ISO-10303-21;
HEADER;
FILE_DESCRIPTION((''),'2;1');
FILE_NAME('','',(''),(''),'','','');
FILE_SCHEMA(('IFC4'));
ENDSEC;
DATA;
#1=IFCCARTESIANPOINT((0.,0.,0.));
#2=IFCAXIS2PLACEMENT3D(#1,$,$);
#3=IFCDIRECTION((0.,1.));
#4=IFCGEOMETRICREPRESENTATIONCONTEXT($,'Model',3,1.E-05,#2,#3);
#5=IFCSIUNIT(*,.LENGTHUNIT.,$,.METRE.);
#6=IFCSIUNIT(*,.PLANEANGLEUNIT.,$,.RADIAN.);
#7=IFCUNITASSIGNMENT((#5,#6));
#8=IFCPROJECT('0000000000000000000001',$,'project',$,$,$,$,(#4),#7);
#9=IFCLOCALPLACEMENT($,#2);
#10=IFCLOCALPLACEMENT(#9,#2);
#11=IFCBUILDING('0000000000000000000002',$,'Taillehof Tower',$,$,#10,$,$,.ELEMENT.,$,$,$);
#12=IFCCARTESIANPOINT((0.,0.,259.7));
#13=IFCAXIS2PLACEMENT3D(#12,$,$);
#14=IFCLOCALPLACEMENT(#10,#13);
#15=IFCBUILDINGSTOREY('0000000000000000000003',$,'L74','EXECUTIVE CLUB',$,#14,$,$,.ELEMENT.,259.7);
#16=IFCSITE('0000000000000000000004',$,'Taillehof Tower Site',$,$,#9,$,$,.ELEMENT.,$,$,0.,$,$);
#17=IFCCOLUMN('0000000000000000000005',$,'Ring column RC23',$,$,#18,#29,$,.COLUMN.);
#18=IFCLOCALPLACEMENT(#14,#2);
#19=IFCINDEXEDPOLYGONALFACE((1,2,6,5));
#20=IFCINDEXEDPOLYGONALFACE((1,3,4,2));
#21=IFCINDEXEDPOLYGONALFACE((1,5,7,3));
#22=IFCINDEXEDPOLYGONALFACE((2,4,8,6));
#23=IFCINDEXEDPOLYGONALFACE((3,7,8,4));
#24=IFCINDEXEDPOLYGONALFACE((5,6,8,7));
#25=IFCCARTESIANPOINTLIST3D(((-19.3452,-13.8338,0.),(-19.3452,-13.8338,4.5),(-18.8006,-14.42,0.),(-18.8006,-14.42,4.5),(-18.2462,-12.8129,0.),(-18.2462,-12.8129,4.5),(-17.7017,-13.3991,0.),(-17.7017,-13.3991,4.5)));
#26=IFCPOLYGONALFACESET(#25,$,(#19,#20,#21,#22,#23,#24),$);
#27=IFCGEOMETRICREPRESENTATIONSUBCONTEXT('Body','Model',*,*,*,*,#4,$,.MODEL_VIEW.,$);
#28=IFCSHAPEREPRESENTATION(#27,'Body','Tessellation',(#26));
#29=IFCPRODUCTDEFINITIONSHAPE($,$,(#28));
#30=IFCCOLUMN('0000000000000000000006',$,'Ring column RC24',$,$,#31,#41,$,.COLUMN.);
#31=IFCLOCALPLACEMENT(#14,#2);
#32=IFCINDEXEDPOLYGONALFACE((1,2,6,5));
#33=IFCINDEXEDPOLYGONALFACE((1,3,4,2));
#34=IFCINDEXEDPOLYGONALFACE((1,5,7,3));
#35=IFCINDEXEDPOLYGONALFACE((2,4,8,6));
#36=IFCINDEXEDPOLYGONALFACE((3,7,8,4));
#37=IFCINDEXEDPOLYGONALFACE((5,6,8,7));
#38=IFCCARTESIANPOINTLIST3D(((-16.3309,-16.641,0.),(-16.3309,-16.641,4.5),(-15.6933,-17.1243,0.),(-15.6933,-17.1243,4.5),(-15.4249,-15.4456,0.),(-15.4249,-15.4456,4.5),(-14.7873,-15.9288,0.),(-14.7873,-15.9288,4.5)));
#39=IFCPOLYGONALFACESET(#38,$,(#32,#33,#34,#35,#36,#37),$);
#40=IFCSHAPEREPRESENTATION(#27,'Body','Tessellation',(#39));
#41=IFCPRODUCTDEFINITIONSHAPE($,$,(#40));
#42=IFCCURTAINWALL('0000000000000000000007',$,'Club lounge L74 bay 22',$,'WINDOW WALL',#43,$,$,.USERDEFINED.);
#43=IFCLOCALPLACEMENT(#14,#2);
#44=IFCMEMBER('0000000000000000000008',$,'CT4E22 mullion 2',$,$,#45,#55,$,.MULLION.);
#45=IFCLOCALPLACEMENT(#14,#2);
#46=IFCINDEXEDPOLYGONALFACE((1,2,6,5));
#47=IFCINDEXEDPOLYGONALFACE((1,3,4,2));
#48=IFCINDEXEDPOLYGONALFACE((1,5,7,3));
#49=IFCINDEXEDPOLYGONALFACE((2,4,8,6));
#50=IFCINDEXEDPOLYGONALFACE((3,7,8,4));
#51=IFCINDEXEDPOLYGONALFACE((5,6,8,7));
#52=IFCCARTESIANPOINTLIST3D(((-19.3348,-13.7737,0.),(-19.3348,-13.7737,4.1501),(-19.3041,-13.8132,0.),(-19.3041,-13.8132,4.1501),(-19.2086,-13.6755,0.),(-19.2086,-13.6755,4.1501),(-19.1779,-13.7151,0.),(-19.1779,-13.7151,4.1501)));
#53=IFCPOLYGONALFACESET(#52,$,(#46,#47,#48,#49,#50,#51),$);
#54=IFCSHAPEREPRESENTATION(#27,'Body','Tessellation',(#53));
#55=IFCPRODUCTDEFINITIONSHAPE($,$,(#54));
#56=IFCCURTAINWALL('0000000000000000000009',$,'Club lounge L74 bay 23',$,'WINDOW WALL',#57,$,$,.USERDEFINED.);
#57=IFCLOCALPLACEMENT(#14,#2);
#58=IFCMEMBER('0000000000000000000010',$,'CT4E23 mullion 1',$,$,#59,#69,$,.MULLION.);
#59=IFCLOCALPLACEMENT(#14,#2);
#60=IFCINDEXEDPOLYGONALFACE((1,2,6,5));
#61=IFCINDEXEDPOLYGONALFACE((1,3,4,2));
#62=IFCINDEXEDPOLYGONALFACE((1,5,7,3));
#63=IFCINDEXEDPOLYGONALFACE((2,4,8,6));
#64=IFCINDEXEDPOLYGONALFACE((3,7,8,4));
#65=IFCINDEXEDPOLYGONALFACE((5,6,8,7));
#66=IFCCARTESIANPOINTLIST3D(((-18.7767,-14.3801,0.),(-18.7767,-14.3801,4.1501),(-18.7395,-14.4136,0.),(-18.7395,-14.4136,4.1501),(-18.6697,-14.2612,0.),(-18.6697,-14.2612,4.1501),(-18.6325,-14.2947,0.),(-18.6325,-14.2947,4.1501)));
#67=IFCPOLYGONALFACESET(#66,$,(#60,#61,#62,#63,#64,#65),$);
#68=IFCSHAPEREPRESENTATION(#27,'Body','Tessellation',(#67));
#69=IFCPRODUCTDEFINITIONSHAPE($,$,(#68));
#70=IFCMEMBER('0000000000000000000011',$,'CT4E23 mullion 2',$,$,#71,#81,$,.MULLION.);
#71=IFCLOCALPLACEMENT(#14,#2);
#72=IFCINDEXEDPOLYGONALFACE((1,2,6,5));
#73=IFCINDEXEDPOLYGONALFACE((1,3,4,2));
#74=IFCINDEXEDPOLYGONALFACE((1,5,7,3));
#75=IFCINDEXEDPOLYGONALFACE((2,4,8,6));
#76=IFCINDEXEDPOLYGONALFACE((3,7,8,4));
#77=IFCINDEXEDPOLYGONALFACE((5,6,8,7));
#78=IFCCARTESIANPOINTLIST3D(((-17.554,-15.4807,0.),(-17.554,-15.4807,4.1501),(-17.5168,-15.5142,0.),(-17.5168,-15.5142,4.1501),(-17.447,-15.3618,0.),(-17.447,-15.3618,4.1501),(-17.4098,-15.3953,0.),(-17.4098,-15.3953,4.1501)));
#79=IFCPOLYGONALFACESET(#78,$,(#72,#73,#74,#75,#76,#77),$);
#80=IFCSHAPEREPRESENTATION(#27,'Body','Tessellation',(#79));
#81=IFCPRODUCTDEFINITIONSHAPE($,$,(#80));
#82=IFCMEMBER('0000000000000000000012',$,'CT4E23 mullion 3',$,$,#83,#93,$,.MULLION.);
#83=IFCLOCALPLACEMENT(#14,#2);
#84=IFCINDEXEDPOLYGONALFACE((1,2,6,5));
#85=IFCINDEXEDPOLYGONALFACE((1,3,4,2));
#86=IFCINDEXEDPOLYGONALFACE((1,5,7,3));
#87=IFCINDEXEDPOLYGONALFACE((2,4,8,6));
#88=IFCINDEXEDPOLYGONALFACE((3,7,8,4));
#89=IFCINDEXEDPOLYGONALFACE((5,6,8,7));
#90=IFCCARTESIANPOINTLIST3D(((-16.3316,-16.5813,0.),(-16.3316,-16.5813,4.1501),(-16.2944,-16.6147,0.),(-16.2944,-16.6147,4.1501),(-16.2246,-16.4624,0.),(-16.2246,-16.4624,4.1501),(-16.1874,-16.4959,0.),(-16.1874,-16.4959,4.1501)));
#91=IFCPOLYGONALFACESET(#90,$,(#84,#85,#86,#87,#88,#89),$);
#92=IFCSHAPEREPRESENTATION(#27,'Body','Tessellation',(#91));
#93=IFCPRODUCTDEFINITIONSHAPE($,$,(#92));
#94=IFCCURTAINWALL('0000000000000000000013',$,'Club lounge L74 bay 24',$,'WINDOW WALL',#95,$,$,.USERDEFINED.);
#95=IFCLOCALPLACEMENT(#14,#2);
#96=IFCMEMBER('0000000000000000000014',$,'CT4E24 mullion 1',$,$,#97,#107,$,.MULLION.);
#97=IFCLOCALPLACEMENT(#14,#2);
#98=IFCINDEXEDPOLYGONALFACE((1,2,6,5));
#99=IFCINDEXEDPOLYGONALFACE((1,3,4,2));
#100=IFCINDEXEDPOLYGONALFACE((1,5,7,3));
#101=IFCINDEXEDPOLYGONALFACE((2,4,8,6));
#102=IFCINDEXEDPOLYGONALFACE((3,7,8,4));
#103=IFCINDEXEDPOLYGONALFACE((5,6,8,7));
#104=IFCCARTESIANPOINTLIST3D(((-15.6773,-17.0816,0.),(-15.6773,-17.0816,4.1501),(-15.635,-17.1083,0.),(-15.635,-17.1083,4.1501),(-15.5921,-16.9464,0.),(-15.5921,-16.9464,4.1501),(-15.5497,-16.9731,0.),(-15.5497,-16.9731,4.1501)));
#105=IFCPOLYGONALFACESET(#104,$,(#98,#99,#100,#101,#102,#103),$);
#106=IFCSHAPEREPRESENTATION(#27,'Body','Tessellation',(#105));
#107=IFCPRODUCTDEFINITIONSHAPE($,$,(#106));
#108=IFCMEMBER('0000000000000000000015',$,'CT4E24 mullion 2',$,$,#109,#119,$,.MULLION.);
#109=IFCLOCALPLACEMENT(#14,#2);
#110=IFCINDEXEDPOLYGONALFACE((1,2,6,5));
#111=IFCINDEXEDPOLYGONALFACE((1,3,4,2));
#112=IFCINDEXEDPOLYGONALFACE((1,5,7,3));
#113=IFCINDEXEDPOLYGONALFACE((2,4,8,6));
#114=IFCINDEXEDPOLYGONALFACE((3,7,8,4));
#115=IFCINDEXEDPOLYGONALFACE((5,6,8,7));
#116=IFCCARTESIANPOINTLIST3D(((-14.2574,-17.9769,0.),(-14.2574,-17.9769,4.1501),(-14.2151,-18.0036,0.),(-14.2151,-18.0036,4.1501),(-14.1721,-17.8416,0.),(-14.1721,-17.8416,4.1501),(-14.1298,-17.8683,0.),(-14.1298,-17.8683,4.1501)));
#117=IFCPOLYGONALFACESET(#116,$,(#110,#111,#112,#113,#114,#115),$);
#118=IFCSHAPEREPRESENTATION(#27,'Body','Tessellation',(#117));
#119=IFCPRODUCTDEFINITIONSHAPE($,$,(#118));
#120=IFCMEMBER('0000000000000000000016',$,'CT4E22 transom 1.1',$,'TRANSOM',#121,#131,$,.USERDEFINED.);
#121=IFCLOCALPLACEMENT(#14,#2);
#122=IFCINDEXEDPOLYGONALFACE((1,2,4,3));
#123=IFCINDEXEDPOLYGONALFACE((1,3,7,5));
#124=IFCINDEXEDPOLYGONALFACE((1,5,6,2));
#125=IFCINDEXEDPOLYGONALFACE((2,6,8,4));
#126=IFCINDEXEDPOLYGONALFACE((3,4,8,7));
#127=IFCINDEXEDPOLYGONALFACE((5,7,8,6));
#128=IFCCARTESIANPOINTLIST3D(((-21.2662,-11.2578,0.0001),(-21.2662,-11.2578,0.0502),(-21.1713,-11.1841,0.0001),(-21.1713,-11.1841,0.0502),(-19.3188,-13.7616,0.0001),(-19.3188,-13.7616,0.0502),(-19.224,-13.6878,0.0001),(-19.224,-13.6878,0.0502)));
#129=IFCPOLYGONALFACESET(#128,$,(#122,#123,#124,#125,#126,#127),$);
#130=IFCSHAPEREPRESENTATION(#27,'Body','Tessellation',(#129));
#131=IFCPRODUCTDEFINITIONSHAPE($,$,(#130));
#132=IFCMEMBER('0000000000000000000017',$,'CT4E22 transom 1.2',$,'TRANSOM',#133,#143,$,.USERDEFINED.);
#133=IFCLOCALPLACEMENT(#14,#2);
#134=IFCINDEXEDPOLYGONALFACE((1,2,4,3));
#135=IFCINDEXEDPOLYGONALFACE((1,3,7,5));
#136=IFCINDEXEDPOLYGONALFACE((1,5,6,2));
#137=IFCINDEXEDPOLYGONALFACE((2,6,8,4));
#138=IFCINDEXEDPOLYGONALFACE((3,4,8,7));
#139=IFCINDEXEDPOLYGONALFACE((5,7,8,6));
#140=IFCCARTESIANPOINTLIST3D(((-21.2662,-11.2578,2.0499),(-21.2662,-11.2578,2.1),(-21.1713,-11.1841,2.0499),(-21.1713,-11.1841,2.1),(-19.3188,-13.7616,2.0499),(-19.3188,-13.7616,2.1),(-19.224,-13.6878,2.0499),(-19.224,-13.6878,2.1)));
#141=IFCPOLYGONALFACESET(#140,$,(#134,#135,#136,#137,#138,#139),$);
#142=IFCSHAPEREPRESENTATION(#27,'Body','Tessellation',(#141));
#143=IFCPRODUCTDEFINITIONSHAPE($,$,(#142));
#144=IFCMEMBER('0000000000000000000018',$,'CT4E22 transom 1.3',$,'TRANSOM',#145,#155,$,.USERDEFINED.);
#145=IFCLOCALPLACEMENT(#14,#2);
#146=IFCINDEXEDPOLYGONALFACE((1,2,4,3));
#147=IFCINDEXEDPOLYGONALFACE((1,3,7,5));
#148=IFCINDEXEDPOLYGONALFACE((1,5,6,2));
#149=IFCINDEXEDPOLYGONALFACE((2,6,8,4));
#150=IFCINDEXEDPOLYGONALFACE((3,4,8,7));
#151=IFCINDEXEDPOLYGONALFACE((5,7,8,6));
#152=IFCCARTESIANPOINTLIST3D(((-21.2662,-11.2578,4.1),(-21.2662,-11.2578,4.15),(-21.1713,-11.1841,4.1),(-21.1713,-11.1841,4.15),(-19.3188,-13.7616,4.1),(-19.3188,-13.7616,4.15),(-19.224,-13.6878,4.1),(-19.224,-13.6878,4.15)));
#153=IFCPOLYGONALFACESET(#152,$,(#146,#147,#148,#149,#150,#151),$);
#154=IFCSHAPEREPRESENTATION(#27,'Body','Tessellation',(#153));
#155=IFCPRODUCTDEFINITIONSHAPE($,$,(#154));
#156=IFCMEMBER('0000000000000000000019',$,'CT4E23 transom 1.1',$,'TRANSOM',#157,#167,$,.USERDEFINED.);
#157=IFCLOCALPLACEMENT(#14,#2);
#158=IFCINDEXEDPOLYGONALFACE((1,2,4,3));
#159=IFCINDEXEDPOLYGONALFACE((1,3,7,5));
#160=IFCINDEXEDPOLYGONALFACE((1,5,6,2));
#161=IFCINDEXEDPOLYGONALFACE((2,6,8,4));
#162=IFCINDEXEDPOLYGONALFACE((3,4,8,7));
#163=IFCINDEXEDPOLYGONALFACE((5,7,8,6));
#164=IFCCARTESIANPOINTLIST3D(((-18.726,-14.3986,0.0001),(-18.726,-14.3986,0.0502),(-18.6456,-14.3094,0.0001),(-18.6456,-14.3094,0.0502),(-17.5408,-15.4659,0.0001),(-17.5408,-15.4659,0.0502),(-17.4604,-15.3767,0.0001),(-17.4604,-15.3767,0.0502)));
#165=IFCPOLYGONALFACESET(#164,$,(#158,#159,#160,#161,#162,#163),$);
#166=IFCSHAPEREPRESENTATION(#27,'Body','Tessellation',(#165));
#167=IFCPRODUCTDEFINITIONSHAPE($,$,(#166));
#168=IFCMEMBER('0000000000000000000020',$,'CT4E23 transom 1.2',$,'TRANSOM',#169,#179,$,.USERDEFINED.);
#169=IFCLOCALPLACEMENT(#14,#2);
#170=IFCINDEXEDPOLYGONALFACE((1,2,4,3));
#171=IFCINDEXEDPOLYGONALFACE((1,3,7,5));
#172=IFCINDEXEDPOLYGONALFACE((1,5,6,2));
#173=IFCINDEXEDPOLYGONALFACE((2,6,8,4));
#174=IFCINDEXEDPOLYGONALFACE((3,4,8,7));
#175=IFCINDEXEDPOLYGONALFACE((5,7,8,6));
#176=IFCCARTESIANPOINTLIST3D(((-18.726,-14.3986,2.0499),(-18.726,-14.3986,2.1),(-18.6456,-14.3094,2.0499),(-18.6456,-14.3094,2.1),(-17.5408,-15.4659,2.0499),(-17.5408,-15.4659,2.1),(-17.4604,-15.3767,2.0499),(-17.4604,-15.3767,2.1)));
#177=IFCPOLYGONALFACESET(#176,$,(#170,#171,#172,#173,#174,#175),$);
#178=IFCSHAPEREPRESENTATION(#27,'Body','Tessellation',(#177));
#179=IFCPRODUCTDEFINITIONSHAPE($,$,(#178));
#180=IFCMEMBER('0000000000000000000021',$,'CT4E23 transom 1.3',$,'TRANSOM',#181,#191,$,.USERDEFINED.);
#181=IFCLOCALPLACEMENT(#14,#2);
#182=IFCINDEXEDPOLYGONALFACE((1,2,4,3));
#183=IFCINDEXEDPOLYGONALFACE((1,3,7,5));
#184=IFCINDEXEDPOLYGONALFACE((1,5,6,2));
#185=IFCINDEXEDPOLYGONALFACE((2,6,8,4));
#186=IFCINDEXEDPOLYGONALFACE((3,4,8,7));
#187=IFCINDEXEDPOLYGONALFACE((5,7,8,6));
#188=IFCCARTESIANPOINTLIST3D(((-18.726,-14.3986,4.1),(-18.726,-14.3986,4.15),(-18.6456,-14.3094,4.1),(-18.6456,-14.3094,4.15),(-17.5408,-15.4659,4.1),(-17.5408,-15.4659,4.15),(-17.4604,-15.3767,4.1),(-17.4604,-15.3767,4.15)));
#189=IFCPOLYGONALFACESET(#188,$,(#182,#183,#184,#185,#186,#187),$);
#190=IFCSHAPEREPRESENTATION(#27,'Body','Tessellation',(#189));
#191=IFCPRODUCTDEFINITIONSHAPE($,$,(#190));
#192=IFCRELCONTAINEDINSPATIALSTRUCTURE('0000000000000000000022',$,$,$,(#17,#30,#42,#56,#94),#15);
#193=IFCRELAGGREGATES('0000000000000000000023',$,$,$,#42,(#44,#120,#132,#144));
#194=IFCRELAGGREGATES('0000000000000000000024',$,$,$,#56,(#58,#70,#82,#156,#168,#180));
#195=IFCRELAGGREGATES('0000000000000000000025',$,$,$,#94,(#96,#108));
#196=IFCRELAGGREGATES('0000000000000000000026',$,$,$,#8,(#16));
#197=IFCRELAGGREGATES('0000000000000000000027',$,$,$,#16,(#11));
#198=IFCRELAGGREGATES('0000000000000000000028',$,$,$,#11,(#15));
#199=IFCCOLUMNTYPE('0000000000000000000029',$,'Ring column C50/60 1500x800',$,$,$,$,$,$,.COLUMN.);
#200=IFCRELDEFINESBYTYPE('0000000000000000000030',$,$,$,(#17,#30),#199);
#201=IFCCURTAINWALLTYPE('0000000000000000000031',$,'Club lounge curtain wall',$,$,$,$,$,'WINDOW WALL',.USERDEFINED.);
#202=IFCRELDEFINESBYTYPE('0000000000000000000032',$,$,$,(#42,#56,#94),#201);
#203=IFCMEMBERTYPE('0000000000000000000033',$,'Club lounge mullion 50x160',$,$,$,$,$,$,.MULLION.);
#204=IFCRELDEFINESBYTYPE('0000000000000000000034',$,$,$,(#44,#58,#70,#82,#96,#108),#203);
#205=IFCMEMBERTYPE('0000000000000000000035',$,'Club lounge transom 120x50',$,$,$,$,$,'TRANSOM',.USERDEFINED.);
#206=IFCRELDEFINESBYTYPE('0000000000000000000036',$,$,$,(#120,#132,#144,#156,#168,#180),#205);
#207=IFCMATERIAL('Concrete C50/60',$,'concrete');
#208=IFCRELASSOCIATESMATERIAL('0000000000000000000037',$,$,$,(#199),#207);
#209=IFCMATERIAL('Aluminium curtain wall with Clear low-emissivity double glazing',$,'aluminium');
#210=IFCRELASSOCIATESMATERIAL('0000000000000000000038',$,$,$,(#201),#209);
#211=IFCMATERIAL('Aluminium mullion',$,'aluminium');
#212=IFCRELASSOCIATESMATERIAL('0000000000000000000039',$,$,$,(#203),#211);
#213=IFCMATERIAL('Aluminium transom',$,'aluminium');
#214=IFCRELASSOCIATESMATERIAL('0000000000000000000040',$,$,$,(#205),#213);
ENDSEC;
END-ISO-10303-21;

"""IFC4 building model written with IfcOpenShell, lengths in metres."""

from ifc_helpers import new_model, si_unit, direction, frame, origin, origin_2d, place, context, subcontext, project, spatial, rectangle, extrude, material, material_profile, profile_set, type_object, element, aggregate, save


model = new_model("IFC4")

# Units and contexts
model_context = context("Model", 3, precision=1e-05, world=origin(), true_north=direction((0.0, 1.0)))
body_context = subcontext(model_context, "Body", "Model", "MODEL_VIEW")
ifc_project = project(units=[si_unit("LENGTHUNIT", "METRE"), si_unit("PLANEANGLEUNIT", "RADIAN")], contexts=[model_context])

# Site, building, storey
site_placement = place(None, origin())
site = spatial("IfcSite", under=ifc_project, at=site_placement, Name="Taillehof Tower Site", CompositionType="ELEMENT", RefElevation=0.0)
building_placement = place(site_placement, origin())
building = spatial("IfcBuilding", under=site, at=building_placement, Name="Taillehof Tower", CompositionType="ELEMENT")
storey_placement = place(building_placement, frame((0.0, 0.0, 259.7)))
storey = spatial("IfcBuildingStorey", under=building, at=storey_placement, Name="L74", Description="EXECUTIVE CLUB", CompositionType="ELEMENT", Elevation=259.7)

# Columns
ifc_material_1 = material(Name="Concrete C50/60", Category="concrete")
ifc_material_profile_1 = material_profile(ifc_material_1, rectangle(XDim=1.5, YDim=0.8, at=origin_2d()), Name="RC 1500x800")
ifc_profile_set_1 = profile_set([ifc_material_profile_1], Name="Concrete C50/60")
column_type = type_object("IfcColumnType", Name="Ring column C50/60 1500x800", PredefinedType="COLUMN", material=ifc_profile_set_1)
for number, where, z_axis, x_axis, name in (
    (1, (-18.5234, -13.6165, 0.0), (0.0, 0.0, 1.0), (-0.732636, -0.680621, 0.0), "Ring column RC23"),
    (2, (-15.5591, -16.2849, 0.0), (0.0, 0.0, 1.0), (-0.60402, -0.796969, 0.0), "Ring column RC24"),
):
    element("IfcColumn", number, at=place(storey_placement, frame(where, z_axis=z_axis, x_axis=x_axis)), inside=storey, type_object=column_type, Name=name, PredefinedType="COLUMN", context=body_context, shape_type="SweptSolid", body=[
        extrude(rectangle(XDim=1.5, YDim=0.8, at=origin_2d()), origin(), (0.0, 0.0, 1.0), 4.5),
    ])

# Curtain wall, member
ifc_material_2 = material(Name="Aluminium curtain wall with Clear low-emissivity double glazing", Category="aluminium")
curtain_wall_type = type_object("IfcCurtainWallType", Name="Club lounge curtain wall", ElementType="WINDOW WALL", PredefinedType="USERDEFINED", material=ifc_material_2)
curtain_wall_1_placement = place(storey_placement, origin())
curtain_wall_1 = element("IfcCurtainWall", 3, at=curtain_wall_1_placement, inside=storey, type_object=curtain_wall_type, Name="Club lounge L74 bay 22", ObjectType="WINDOW WALL", PredefinedType="USERDEFINED")
ifc_material_3 = material(Name="Aluminium mullion", Category="aluminium")
ifc_material_profile_2 = material_profile(ifc_material_3, rectangle(XDim=0.1599, YDim=0.05, at=origin_2d()), Name="AL 50x160")
ifc_profile_set_2 = profile_set([ifc_material_profile_2], Name="Aluminium mullion")
member_type_1 = type_object("IfcMemberType", Name="Club lounge mullion 50x160", PredefinedType="MULLION", material=ifc_profile_set_2)
member_1_placement = place(storey_placement, frame((-19.2563, -13.7444, 0.0), z_axis=(0.0, 0.0, 1.0), x_axis=(0.789382, 0.613903, 0.0)))
member_1 = element("IfcMember", 4, at=member_1_placement, type_object=member_type_1, Name="CT4E22 mullion 2", PredefinedType="MULLION", context=body_context, shape_type="SweptSolid", body=[
    extrude(rectangle(XDim=0.1599, YDim=0.05, at=origin_2d()), origin(), (0.0, 0.0, 1.0), 4.1501),
])

# Curtain walls, members
curtain_wall_2_placement = place(storey_placement, origin())
curtain_wall_2 = element("IfcCurtainWall", 5, at=curtain_wall_2_placement, inside=storey, type_object=curtain_wall_type, Name="Club lounge L74 bay 23", ObjectType="WINDOW WALL", PredefinedType="USERDEFINED")
member_2_placement = place(storey_placement, frame((-18.7046, -14.3374, 0.0), z_axis=(0.0, 0.0, 1.0), x_axis=(0.669107, 0.743166, 0.0)))
member_2 = element("IfcMember", 6, at=member_2_placement, type_object=member_type_1, Name="CT4E23 mullion 1", PredefinedType="MULLION", context=body_context, shape_type="SweptSolid", body=[
    extrude(rectangle(XDim=0.1599, YDim=0.05, at=origin_2d()), origin(), (0.0, 0.0, 1.0), 4.1501),
])
member_3_placement = place(storey_placement, frame((-17.4819, -15.438, 0.0), z_axis=(0.0, 0.0, 1.0), x_axis=(0.669107, 0.743166, 0.0)))
member_3 = element("IfcMember", 7, at=member_3_placement, type_object=member_type_1, Name="CT4E23 mullion 2", PredefinedType="MULLION", context=body_context, shape_type="SweptSolid", body=[
    extrude(rectangle(XDim=0.1599, YDim=0.05, at=origin_2d()), origin(), (0.0, 0.0, 1.0), 4.1501),
])
member_4_placement = place(storey_placement, frame((-16.2595, -16.5386, 0.0), z_axis=(0.0, 0.0, 1.0), x_axis=(0.669107, 0.743166, 0.0)))
member_4 = element("IfcMember", 8, at=member_4_placement, type_object=member_type_1, Name="CT4E23 mullion 3", PredefinedType="MULLION", context=body_context, shape_type="SweptSolid", body=[
    extrude(rectangle(XDim=0.1599, YDim=0.05, at=origin_2d()), origin(), (0.0, 0.0, 1.0), 4.1501),
])
curtain_wall_3_placement = place(storey_placement, origin())
curtain_wall_3 = element("IfcCurtainWall", 9, at=curtain_wall_3_placement, inside=storey, type_object=curtain_wall_type, Name="Club lounge L74 bay 24", ObjectType="WINDOW WALL", PredefinedType="USERDEFINED")
member_5_placement = place(storey_placement, frame((-15.6135, -17.0273, 0.0), z_axis=(0.0, 0.0, 1.0), x_axis=(0.533294, 0.84593, 0.0)))
member_5 = element("IfcMember", 10, at=member_5_placement, type_object=member_type_1, Name="CT4E24 mullion 1", PredefinedType="MULLION", context=body_context, shape_type="SweptSolid", body=[
    extrude(rectangle(XDim=0.1599, YDim=0.05, at=origin_2d()), origin(), (0.0, 0.0, 1.0), 4.1501),
])
member_6_placement = place(storey_placement, frame((-14.1936, -17.9226, 0.0), z_axis=(0.0, 0.0, 1.0), x_axis=(0.533294, 0.84593, 0.0)))
member_6 = element("IfcMember", 11, at=member_6_placement, type_object=member_type_1, Name="CT4E24 mullion 2", PredefinedType="MULLION", context=body_context, shape_type="SweptSolid", body=[
    extrude(rectangle(XDim=0.1599, YDim=0.05, at=origin_2d()), origin(), (0.0, 0.0, 1.0), 4.1501),
])

# Members
ifc_material_4 = material(Name="Aluminium transom", Category="aluminium")
ifc_material_profile_3 = material_profile(ifc_material_4, rectangle(XDim=0.1201, YDim=0.05, at=origin_2d()), Name="AL 120x50")
ifc_profile_set_3 = profile_set([ifc_material_profile_3], Name="Aluminium transom")
member_type_2 = type_object("IfcMemberType", Name="Club lounge transom 120x50", ElementType="TRANSOM", PredefinedType="USERDEFINED", material=ifc_profile_set_3)
member_7_placement = place(storey_placement, frame((-21.2188, -11.2209, 0.0251), z_axis=(0.613935, -0.789356, 0.0), x_axis=(0.789356, 0.613935, 0.0)))
member_7 = element("IfcMember", 12, at=member_7_placement, type_object=member_type_2, Name="CT4E22 transom 1.1", ObjectType="TRANSOM", PredefinedType="USERDEFINED", context=body_context, shape_type="SweptSolid", body=[
    extrude(rectangle(XDim=0.1201, YDim=0.05, at=origin_2d()), origin(), (0.0, 0.0, 1.0), 3.1719),
])
member_8_placement = place(storey_placement, frame((-21.2188, -11.2209, 2.075), z_axis=(0.613935, -0.789356, 0.0), x_axis=(0.789356, 0.613935, 0.0)))
member_8 = element("IfcMember", 13, at=member_8_placement, type_object=member_type_2, Name="CT4E22 transom 1.2", ObjectType="TRANSOM", PredefinedType="USERDEFINED", context=body_context, shape_type="SweptSolid", body=[
    extrude(rectangle(XDim=0.1201, YDim=0.05, at=origin_2d()), origin(), (0.0, 0.0, 1.0), 3.1719),
])
member_9_placement = place(storey_placement, frame((-21.2188, -11.2209, 4.125), z_axis=(0.613935, -0.789356, 0.0), x_axis=(0.789356, 0.613935, 0.0)))
member_9 = element("IfcMember", 14, at=member_9_placement, type_object=member_type_2, Name="CT4E22 transom 1.3", ObjectType="TRANSOM", PredefinedType="USERDEFINED", context=body_context, shape_type="SweptSolid", body=[
    extrude(rectangle(XDim=0.1201, YDim=0.05, at=origin_2d()), origin(), (0.0, 0.0, 1.0), 3.1719),
])
member_10_placement = place(storey_placement, frame((-18.6858, -14.354, 0.0251), z_axis=(0.743104, -0.669176, 0.0), x_axis=(0.669176, 0.743104, 0.0)))
member_10 = element("IfcMember", 15, at=member_10_placement, type_object=member_type_2, Name="CT4E23 transom 1.1", ObjectType="TRANSOM", PredefinedType="USERDEFINED", context=body_context, shape_type="SweptSolid", body=[
    extrude(rectangle(XDim=0.1201, YDim=0.05, at=origin_2d()), origin(), (0.0, 0.0, 1.0), 1.595),
])
member_11_placement = place(storey_placement, frame((-18.6858, -14.354, 2.075), z_axis=(0.743104, -0.669176, 0.0), x_axis=(0.669176, 0.743104, 0.0)))
member_11 = element("IfcMember", 16, at=member_11_placement, type_object=member_type_2, Name="CT4E23 transom 1.2", ObjectType="TRANSOM", PredefinedType="USERDEFINED", context=body_context, shape_type="SweptSolid", body=[
    extrude(rectangle(XDim=0.1201, YDim=0.05, at=origin_2d()), origin(), (0.0, 0.0, 1.0), 1.595),
])
member_12_placement = place(storey_placement, frame((-18.6858, -14.354, 4.125), z_axis=(0.743104, -0.669176, 0.0), x_axis=(0.669176, 0.743104, 0.0)))
member_12 = element("IfcMember", 17, at=member_12_placement, type_object=member_type_2, Name="CT4E23 transom 1.3", ObjectType="TRANSOM", PredefinedType="USERDEFINED", context=body_context, shape_type="SweptSolid", body=[
    extrude(rectangle(XDim=0.1201, YDim=0.05, at=origin_2d()), origin(), (0.0, 0.0, 1.0), 1.595),
])

aggregate(curtain_wall_1, [member_1, member_7, member_8, member_9])
aggregate(curtain_wall_2, [member_2, member_3, member_4, member_10, member_11, member_12])
aggregate(curtain_wall_3, [member_5, member_6])

save(model, "model.ifc")
